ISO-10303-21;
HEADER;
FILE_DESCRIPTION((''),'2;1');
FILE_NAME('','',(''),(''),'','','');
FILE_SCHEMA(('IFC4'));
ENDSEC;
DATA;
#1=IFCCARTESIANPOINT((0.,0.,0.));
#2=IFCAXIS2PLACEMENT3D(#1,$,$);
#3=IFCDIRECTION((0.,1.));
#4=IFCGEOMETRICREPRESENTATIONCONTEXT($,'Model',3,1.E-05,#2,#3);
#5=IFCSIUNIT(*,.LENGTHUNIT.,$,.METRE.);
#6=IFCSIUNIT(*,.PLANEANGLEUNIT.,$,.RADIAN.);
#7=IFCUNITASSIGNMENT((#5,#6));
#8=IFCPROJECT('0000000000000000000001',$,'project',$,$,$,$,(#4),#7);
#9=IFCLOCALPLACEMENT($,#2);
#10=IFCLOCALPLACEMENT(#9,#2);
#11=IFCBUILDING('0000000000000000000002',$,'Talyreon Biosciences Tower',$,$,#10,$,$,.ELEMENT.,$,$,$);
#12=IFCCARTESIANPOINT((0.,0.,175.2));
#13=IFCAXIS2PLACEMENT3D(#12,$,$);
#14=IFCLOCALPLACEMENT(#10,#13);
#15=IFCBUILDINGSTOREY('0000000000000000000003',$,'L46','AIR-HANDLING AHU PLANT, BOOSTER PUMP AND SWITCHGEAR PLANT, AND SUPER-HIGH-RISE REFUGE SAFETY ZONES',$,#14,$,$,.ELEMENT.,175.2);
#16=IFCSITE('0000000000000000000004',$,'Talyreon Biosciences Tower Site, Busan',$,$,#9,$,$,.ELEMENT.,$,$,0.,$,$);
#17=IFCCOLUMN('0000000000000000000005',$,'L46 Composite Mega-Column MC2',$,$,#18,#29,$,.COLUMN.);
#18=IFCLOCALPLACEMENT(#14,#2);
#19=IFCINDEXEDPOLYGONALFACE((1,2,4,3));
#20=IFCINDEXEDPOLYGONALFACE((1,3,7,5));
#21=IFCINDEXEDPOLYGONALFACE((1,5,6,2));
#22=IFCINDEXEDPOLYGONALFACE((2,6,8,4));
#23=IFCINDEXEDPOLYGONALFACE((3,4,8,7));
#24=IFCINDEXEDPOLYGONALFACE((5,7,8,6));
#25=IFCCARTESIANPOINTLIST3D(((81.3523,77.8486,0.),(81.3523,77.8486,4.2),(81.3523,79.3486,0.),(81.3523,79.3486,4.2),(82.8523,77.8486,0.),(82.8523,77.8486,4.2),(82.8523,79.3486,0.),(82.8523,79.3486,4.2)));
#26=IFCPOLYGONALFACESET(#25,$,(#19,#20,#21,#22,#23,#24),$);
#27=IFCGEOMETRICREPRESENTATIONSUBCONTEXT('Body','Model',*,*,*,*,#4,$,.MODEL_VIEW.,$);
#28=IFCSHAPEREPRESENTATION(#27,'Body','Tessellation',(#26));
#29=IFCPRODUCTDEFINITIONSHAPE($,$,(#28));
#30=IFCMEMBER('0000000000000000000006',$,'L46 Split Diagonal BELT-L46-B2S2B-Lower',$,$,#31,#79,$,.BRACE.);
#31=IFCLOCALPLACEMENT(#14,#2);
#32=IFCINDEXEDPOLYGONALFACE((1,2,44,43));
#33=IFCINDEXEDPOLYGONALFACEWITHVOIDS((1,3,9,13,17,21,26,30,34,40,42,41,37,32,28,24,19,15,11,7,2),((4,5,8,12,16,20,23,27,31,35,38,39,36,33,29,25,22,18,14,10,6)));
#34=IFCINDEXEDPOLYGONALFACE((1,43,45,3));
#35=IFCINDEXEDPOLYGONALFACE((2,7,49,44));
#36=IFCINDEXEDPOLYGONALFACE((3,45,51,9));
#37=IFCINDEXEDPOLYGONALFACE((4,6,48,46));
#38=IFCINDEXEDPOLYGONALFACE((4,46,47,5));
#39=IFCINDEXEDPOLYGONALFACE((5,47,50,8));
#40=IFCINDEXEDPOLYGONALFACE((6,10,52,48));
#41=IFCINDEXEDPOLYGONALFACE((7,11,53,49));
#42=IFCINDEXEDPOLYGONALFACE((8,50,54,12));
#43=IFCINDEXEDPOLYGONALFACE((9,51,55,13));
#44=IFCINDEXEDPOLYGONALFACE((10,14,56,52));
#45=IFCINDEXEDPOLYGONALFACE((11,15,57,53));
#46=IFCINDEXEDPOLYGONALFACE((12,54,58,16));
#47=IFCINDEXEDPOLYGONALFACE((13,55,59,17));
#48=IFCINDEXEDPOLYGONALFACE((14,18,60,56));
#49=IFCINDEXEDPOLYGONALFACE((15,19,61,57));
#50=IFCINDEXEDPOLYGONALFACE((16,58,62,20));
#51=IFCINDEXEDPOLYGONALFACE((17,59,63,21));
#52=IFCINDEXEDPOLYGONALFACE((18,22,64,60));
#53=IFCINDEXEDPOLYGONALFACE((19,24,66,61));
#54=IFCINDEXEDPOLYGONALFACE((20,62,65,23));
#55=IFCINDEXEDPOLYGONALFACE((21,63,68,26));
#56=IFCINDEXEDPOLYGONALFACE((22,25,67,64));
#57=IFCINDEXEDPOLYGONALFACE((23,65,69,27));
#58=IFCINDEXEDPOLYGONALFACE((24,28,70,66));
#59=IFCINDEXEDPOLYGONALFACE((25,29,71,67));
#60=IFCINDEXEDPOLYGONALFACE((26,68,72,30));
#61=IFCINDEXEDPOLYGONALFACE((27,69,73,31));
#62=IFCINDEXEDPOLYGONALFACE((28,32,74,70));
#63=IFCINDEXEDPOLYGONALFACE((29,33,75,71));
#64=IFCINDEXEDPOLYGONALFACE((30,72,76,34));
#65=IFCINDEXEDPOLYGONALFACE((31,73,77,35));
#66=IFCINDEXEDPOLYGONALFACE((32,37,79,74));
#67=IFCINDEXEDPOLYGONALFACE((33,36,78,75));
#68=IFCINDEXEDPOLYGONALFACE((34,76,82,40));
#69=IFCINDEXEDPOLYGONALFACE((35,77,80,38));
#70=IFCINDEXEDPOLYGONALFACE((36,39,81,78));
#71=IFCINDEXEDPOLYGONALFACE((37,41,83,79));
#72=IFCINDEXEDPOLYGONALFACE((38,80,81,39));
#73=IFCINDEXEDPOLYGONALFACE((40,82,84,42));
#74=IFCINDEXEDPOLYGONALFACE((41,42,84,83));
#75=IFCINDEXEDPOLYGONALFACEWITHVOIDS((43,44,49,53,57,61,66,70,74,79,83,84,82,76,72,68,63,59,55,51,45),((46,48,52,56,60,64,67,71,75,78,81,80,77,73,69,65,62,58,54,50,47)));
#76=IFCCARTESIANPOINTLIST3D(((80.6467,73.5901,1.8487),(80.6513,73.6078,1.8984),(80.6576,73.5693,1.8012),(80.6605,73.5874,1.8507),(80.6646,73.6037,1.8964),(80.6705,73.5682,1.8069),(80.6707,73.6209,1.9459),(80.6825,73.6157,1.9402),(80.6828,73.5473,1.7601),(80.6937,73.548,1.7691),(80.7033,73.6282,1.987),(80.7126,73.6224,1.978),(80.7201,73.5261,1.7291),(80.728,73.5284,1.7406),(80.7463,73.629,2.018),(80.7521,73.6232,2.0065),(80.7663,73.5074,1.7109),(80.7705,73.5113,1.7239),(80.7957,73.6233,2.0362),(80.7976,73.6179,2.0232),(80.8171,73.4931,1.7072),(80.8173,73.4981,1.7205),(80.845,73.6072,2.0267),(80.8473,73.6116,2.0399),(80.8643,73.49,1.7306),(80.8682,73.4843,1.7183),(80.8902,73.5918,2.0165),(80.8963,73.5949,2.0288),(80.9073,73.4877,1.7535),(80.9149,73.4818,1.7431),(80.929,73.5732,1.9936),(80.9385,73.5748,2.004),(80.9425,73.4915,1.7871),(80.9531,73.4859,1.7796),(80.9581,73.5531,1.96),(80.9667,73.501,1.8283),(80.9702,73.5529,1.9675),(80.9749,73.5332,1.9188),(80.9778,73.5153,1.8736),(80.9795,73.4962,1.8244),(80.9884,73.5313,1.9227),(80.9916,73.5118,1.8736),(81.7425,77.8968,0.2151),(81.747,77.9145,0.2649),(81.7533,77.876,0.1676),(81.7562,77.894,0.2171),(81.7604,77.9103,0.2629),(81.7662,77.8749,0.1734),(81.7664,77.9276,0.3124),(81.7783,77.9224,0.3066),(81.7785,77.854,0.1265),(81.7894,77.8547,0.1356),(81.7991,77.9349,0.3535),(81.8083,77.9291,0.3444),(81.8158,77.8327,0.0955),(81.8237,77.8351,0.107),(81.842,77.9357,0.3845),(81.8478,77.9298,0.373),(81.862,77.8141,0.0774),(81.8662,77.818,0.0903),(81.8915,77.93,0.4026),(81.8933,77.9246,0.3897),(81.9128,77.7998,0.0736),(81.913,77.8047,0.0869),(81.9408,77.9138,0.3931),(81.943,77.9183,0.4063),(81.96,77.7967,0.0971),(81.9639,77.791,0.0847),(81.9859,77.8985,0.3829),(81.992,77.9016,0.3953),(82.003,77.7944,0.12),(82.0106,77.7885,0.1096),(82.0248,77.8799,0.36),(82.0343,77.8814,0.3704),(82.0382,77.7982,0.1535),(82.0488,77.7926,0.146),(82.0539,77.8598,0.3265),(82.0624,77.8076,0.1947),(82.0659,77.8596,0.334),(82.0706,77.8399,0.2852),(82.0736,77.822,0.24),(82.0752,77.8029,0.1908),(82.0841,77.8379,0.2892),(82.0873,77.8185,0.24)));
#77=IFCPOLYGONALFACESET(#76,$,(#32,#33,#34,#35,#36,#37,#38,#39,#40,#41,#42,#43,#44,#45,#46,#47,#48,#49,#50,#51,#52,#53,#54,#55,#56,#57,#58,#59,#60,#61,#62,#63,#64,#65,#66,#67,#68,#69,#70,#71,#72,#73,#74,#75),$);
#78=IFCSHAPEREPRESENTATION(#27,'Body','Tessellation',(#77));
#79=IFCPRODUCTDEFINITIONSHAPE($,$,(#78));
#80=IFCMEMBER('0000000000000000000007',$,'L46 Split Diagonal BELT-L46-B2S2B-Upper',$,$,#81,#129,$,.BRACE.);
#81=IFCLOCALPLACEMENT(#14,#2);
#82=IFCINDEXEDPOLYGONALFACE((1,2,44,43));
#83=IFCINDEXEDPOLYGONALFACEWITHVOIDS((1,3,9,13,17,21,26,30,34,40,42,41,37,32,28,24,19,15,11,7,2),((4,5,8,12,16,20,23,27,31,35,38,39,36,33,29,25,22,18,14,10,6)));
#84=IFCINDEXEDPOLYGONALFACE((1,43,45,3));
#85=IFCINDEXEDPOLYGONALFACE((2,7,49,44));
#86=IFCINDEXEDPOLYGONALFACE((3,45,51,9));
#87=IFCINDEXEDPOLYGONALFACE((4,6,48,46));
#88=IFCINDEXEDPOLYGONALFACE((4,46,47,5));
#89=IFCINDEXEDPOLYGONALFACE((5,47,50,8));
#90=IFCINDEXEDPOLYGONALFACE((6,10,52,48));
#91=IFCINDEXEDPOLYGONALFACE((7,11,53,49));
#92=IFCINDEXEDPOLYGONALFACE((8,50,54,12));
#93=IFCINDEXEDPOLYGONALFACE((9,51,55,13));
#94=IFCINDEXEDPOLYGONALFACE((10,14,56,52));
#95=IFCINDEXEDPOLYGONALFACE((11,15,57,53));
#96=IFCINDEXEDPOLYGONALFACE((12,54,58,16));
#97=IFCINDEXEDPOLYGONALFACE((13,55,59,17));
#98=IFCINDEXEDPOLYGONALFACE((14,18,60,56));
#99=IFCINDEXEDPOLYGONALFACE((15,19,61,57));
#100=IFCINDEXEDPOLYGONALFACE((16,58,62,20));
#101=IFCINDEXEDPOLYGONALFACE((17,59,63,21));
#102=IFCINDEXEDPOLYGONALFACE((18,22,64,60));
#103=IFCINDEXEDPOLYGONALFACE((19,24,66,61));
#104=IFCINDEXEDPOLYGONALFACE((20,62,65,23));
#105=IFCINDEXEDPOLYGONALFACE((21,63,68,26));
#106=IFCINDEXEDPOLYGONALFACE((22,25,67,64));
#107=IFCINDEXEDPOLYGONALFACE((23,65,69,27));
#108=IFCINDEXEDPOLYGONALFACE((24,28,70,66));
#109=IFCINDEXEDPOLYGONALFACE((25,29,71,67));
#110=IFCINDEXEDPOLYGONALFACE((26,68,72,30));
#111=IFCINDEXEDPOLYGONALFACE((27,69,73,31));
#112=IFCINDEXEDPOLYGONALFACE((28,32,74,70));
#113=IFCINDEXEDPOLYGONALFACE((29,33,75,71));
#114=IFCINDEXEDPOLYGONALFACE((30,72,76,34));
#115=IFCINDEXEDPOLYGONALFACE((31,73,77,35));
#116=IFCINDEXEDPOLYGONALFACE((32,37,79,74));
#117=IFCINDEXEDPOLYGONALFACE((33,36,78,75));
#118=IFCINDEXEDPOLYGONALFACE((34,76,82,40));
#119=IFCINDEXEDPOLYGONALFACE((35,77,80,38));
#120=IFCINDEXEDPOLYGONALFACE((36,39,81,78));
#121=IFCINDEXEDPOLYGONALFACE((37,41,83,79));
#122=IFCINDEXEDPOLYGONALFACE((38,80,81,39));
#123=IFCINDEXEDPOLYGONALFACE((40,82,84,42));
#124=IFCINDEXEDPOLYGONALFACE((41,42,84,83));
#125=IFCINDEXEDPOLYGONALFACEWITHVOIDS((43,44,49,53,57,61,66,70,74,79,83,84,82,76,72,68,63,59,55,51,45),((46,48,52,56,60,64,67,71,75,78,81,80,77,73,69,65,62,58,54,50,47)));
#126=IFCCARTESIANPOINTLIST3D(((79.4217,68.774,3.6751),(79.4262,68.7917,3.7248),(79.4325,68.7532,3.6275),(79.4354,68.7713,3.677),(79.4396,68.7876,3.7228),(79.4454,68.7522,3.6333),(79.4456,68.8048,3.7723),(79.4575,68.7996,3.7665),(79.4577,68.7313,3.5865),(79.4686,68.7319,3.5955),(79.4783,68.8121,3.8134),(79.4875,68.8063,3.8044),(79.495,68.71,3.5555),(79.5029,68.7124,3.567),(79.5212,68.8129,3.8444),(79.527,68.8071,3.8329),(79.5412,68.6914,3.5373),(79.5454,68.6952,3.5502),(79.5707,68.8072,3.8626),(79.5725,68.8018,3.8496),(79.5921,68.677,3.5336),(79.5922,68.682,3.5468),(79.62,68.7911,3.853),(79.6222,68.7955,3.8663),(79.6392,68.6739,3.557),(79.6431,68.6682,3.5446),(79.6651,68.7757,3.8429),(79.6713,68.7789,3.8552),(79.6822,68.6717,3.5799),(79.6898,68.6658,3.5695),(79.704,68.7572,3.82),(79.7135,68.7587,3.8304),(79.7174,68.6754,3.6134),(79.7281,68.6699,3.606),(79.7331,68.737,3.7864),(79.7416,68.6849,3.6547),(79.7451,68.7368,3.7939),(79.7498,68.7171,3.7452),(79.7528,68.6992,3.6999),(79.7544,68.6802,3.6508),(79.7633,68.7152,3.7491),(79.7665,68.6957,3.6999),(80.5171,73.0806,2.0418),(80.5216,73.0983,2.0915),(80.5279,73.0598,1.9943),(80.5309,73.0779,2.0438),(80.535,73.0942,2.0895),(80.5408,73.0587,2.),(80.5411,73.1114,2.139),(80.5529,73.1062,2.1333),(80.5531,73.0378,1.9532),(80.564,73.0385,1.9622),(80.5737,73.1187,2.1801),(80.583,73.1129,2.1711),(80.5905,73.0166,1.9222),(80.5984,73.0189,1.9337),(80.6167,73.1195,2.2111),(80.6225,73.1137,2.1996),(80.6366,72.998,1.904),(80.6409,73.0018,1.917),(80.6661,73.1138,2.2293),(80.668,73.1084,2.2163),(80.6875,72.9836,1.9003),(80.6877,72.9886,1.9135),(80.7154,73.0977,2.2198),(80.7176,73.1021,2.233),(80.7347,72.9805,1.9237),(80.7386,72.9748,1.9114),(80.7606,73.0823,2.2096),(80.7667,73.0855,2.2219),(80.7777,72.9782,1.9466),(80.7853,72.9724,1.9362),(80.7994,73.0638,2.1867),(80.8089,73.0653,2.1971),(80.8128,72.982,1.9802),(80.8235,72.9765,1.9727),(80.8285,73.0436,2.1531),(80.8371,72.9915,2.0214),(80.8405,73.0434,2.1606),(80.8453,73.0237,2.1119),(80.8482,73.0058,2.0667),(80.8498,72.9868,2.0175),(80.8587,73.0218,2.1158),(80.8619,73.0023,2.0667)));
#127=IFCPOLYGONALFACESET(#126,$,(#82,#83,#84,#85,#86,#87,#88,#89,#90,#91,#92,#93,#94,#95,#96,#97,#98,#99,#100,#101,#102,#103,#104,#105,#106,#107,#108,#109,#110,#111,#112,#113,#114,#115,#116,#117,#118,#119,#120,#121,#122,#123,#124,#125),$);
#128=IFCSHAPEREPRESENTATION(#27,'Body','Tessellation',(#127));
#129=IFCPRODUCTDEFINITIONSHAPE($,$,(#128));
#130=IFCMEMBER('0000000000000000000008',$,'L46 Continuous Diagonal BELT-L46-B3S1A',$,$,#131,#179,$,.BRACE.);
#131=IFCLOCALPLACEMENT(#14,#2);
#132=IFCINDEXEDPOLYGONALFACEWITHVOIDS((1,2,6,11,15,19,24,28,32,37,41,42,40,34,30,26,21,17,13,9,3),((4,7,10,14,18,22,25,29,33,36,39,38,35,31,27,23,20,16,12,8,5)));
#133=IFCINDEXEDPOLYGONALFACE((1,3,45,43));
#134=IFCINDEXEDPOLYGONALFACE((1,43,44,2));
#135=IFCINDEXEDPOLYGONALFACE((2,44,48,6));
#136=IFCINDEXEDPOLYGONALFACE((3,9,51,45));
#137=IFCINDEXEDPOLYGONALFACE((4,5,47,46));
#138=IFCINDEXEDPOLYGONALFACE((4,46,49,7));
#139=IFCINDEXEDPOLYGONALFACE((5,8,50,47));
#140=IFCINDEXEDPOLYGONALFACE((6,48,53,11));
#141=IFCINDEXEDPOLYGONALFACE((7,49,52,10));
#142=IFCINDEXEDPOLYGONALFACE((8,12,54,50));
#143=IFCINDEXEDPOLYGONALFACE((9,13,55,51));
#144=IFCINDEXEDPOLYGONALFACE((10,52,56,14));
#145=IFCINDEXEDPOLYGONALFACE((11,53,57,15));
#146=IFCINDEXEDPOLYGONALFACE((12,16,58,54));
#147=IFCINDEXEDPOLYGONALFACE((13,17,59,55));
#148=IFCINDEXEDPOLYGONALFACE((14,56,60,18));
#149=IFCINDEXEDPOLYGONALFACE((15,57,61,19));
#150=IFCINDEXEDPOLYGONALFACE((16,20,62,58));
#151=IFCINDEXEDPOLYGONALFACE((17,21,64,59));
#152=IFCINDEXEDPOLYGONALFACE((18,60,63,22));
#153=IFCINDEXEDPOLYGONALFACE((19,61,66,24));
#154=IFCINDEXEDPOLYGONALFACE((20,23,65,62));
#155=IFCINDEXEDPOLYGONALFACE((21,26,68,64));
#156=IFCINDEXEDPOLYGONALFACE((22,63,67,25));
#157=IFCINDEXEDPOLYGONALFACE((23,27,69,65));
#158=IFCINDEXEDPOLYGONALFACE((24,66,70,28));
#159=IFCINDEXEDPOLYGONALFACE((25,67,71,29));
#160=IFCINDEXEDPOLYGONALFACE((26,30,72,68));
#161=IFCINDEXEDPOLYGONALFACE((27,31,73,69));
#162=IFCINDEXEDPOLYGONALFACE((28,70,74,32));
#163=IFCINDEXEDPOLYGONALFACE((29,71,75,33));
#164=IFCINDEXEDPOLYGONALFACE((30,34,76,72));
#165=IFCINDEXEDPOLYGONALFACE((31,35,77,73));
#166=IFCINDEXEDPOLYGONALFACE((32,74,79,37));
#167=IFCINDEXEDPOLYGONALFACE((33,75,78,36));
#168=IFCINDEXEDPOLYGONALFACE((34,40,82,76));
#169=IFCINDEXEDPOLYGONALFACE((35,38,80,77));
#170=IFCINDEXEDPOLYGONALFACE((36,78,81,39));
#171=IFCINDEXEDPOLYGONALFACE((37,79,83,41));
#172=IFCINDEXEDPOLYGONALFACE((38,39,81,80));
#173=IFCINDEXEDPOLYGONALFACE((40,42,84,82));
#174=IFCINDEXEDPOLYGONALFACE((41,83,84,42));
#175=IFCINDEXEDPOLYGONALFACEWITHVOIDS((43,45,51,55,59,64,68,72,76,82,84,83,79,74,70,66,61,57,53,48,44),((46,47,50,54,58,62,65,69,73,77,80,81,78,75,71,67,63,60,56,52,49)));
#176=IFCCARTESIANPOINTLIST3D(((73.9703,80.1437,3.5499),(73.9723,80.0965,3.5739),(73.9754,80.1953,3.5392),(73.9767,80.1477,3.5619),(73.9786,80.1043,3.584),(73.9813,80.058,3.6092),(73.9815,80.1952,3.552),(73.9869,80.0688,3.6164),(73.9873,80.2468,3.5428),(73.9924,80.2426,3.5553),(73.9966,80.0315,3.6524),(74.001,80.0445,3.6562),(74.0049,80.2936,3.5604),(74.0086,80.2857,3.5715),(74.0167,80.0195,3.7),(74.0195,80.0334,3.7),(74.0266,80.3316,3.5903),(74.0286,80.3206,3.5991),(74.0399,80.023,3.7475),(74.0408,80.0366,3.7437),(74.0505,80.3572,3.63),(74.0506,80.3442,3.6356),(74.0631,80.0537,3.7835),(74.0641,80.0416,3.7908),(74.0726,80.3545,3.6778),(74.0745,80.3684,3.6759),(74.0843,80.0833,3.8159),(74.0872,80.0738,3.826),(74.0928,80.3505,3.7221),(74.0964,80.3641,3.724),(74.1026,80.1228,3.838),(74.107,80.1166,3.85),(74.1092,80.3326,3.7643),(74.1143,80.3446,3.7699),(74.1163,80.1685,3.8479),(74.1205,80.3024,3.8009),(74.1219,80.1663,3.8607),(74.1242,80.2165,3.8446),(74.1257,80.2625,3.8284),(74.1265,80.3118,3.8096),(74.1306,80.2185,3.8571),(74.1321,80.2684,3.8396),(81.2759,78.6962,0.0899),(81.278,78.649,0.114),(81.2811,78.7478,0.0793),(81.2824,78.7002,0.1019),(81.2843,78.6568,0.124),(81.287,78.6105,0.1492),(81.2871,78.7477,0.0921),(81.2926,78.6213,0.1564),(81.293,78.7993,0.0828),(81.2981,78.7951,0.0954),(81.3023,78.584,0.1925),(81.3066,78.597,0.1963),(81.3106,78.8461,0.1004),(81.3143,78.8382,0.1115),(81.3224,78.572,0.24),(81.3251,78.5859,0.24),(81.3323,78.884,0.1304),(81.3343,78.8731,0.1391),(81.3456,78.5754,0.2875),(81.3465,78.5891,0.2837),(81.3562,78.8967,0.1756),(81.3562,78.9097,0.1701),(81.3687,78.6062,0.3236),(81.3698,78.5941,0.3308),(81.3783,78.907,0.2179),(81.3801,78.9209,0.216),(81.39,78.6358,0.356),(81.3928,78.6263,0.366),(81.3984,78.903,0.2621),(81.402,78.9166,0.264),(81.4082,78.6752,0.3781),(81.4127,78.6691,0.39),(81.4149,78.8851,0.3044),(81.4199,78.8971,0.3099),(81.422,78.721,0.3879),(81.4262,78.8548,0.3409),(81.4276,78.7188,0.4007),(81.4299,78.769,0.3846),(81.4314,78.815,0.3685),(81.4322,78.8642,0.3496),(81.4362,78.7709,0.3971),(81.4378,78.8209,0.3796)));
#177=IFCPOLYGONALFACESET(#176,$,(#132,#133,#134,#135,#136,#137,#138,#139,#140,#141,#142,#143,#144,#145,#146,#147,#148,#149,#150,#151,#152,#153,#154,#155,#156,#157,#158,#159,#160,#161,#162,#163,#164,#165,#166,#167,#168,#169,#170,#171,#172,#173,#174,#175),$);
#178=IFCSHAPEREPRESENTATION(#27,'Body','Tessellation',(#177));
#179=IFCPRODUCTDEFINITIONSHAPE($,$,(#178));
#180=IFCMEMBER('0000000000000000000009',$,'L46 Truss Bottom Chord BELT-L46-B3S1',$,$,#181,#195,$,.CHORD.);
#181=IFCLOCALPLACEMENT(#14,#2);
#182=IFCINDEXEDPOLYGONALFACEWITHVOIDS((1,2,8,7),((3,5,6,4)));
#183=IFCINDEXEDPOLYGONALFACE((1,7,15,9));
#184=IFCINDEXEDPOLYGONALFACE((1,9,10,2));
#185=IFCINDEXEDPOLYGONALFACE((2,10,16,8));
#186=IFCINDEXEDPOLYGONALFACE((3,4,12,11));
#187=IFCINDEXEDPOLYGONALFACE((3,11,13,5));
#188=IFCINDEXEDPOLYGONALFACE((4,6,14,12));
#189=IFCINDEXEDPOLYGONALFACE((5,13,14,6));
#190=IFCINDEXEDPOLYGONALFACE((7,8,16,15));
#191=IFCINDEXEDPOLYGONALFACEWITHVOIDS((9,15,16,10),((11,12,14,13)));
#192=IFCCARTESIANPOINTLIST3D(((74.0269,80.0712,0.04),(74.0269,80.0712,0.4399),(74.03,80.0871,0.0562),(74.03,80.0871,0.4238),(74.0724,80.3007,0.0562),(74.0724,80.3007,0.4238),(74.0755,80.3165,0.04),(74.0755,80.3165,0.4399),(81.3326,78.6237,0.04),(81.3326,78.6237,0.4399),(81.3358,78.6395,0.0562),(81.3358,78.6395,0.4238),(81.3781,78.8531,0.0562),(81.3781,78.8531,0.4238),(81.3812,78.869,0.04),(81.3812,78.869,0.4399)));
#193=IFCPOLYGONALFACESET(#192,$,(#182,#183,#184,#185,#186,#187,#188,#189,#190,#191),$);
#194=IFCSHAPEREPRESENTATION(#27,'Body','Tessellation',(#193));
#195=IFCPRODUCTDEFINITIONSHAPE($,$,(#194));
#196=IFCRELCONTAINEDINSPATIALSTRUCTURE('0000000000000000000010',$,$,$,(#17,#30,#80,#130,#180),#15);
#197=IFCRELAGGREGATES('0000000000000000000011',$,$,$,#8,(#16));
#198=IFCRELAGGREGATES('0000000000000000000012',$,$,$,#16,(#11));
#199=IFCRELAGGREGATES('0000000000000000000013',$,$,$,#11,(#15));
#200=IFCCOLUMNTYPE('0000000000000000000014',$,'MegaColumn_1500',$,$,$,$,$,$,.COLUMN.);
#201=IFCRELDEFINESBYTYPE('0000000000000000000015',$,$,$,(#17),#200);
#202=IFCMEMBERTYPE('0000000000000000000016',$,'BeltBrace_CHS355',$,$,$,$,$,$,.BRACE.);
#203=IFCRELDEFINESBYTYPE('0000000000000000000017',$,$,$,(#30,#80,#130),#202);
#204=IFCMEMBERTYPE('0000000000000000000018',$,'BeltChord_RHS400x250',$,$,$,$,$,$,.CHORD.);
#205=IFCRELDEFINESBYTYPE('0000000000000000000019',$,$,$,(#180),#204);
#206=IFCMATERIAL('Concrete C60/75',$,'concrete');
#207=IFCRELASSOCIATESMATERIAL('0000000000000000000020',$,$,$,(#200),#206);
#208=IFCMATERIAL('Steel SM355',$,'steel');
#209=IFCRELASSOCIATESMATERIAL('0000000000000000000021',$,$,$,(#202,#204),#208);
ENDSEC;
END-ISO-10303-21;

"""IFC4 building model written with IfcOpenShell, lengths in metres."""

from ifc_helpers import new_model, si_unit, direction, frame, origin, origin_2d, place, context, subcontext, project, spatial, rectangle, hollow_rectangle, hollow_circle, extrude, material, material_profile, profile_set, type_object, element, save


model = new_model("IFC4")

# Units and contexts
model_context = context("Model", 3, precision=1e-05, world=origin(), true_north=direction((0.0, 1.0)))
body_context = subcontext(model_context, "Body", "Model", "MODEL_VIEW")
ifc_project = project(units=[si_unit("LENGTHUNIT", "METRE"), si_unit("PLANEANGLEUNIT", "RADIAN")], contexts=[model_context])

# Site, building, storey
site_placement = place(None, origin())
site = spatial("IfcSite", under=ifc_project, at=site_placement, Name="Talyreon Biosciences Tower Site, Busan", CompositionType="ELEMENT", RefElevation=0.0)
building_placement = place(site_placement, origin())
building = spatial("IfcBuilding", under=site, at=building_placement, Name="Talyreon Biosciences Tower", CompositionType="ELEMENT")
storey_placement = place(building_placement, frame((0.0, 0.0, 175.2)))
storey = spatial("IfcBuildingStorey", under=building, at=storey_placement, Name="L46", Description="AIR-HANDLING AHU PLANT, BOOSTER PUMP AND SWITCHGEAR PLANT, AND SUPER-HIGH-RISE REFUGE SAFETY ZONES", CompositionType="ELEMENT", Elevation=175.2)

# Column
ifc_material_1 = material(Name="Concrete C60/75", Category="concrete")
ifc_material_profile_1 = material_profile(ifc_material_1, rectangle(XDim=1.5, YDim=1.5, at=origin_2d()), Name="RC 1500x1500")
ifc_profile_set_1 = profile_set([ifc_material_profile_1], Name="Concrete C60/75")
column_type = type_object("IfcColumnType", Name="MegaColumn_1500", PredefinedType="COLUMN", material=ifc_profile_set_1)
column_placement = place(storey_placement, frame((82.1023, 78.5986, 0.0), z_axis=(0.0, 0.0, 1.0), x_axis=(1.0, 0.0, 0.0)))
element("IfcColumn", 1, at=column_placement, inside=storey, type_object=column_type, Name="L46 Composite Mega-Column MC2", PredefinedType="COLUMN", context=body_context, shape_type="SweptSolid", body=[
    extrude(rectangle(XDim=1.5, YDim=1.5, at=origin_2d()), origin(), (0.0, 0.0, 1.0), 4.2),
])

# Members
ifc_material_2 = material(Name="Steel SM355", Category="steel")
ifc_material_profile_2 = material_profile(ifc_material_2, hollow_circle(Radius=0.1777, WallThickness=0.0142, at=origin_2d()), Name="CHS 355.6x14.2")
ifc_profile_set_2 = profile_set([ifc_material_profile_2], Name="Steel SM355")
member_type_1 = type_object("IfcMemberType", Name="BeltBrace_CHS355", PredefinedType="BRACE", material=ifc_profile_set_2)
member_1_placement = place(storey_placement, frame((81.915, 77.8623, 0.24), z_axis=(-0.231426, -0.909615, 0.345025), x_axis=(0.969126, -0.246567, 0.0)))
element("IfcMember", 2, at=member_1_placement, inside=storey, type_object=member_type_1, Name="L46 Split Diagonal BELT-L46-B2S2B-Lower", PredefinedType="BRACE", context=body_context, shape_type="SweptSolid", body=[
    extrude(hollow_circle(Radius=0.1777, WallThickness=0.0142, at=origin_2d()), origin(), (0.0, 0.0, 1.0), 4.7346),
])
member_2_placement = place(storey_placement, frame((80.6897, 73.0461, 2.0667), z_axis=(-0.231381, -0.909642, 0.344983), x_axis=(0.969139, -0.246515, 0.0)))
element("IfcMember", 3, at=member_2_placement, inside=storey, type_object=member_type_1, Name="L46 Split Diagonal BELT-L46-B2S2B-Upper", PredefinedType="BRACE", context=body_context, shape_type="SweptSolid", body=[
    extrude(hollow_circle(Radius=0.1777, WallThickness=0.0142, at=origin_2d()), origin(), (0.0, 0.0, 1.0), 4.7344),
])
member_3_placement = place(storey_placement, frame((81.3569, 78.7463, 0.24), z_axis=(-0.889617, 0.176264, 0.421322), x_axis=(-0.194357, -0.980931, 0.0)))
element("IfcMember", 4, at=member_3_placement, inside=storey, type_object=member_type_1, Name="L46 Continuous Diagonal BELT-L46-B3S1A", PredefinedType="BRACE", context=body_context, shape_type="SweptSolid", body=[
    extrude(hollow_circle(Radius=0.1777, WallThickness=0.0142, at=origin_2d()), origin(), (0.0, 0.0, 1.0), 8.2122),
])
ifc_material_profile_3 = material_profile(ifc_material_2, hollow_rectangle(XDim=0.25, YDim=0.3999, WallThickness=0.0161, at=origin_2d()), Name="RHS 400x250x16")
ifc_profile_set_3 = profile_set([ifc_material_profile_3], Name="Steel SM355")
member_type_2 = type_object("IfcMemberType", Name="BeltChord_RHS400x250", PredefinedType="CHORD", material=ifc_profile_set_3)
for number, where, z_axis, x_axis, name in (
    (5, (81.3569, 78.7463, 0.24), (-0.980931, 0.194357, 0.0), (-0.194357, -0.980931, 0.0), "L46 Truss Bottom Chord BELT-L46-B3S1"),
):
    element("IfcMember", number, at=place(storey_placement, frame(where, z_axis=z_axis, x_axis=x_axis)), inside=storey, type_object=member_type_2, Name=name, PredefinedType="CHORD", context=body_context, shape_type="SweptSolid", body=[
        extrude(hollow_rectangle(XDim=0.25, YDim=0.3999, WallThickness=0.0161, at=origin_2d()), origin(), (0.0, 0.0, 1.0), 7.4478),
    ])

save(model, "model.ifc")
